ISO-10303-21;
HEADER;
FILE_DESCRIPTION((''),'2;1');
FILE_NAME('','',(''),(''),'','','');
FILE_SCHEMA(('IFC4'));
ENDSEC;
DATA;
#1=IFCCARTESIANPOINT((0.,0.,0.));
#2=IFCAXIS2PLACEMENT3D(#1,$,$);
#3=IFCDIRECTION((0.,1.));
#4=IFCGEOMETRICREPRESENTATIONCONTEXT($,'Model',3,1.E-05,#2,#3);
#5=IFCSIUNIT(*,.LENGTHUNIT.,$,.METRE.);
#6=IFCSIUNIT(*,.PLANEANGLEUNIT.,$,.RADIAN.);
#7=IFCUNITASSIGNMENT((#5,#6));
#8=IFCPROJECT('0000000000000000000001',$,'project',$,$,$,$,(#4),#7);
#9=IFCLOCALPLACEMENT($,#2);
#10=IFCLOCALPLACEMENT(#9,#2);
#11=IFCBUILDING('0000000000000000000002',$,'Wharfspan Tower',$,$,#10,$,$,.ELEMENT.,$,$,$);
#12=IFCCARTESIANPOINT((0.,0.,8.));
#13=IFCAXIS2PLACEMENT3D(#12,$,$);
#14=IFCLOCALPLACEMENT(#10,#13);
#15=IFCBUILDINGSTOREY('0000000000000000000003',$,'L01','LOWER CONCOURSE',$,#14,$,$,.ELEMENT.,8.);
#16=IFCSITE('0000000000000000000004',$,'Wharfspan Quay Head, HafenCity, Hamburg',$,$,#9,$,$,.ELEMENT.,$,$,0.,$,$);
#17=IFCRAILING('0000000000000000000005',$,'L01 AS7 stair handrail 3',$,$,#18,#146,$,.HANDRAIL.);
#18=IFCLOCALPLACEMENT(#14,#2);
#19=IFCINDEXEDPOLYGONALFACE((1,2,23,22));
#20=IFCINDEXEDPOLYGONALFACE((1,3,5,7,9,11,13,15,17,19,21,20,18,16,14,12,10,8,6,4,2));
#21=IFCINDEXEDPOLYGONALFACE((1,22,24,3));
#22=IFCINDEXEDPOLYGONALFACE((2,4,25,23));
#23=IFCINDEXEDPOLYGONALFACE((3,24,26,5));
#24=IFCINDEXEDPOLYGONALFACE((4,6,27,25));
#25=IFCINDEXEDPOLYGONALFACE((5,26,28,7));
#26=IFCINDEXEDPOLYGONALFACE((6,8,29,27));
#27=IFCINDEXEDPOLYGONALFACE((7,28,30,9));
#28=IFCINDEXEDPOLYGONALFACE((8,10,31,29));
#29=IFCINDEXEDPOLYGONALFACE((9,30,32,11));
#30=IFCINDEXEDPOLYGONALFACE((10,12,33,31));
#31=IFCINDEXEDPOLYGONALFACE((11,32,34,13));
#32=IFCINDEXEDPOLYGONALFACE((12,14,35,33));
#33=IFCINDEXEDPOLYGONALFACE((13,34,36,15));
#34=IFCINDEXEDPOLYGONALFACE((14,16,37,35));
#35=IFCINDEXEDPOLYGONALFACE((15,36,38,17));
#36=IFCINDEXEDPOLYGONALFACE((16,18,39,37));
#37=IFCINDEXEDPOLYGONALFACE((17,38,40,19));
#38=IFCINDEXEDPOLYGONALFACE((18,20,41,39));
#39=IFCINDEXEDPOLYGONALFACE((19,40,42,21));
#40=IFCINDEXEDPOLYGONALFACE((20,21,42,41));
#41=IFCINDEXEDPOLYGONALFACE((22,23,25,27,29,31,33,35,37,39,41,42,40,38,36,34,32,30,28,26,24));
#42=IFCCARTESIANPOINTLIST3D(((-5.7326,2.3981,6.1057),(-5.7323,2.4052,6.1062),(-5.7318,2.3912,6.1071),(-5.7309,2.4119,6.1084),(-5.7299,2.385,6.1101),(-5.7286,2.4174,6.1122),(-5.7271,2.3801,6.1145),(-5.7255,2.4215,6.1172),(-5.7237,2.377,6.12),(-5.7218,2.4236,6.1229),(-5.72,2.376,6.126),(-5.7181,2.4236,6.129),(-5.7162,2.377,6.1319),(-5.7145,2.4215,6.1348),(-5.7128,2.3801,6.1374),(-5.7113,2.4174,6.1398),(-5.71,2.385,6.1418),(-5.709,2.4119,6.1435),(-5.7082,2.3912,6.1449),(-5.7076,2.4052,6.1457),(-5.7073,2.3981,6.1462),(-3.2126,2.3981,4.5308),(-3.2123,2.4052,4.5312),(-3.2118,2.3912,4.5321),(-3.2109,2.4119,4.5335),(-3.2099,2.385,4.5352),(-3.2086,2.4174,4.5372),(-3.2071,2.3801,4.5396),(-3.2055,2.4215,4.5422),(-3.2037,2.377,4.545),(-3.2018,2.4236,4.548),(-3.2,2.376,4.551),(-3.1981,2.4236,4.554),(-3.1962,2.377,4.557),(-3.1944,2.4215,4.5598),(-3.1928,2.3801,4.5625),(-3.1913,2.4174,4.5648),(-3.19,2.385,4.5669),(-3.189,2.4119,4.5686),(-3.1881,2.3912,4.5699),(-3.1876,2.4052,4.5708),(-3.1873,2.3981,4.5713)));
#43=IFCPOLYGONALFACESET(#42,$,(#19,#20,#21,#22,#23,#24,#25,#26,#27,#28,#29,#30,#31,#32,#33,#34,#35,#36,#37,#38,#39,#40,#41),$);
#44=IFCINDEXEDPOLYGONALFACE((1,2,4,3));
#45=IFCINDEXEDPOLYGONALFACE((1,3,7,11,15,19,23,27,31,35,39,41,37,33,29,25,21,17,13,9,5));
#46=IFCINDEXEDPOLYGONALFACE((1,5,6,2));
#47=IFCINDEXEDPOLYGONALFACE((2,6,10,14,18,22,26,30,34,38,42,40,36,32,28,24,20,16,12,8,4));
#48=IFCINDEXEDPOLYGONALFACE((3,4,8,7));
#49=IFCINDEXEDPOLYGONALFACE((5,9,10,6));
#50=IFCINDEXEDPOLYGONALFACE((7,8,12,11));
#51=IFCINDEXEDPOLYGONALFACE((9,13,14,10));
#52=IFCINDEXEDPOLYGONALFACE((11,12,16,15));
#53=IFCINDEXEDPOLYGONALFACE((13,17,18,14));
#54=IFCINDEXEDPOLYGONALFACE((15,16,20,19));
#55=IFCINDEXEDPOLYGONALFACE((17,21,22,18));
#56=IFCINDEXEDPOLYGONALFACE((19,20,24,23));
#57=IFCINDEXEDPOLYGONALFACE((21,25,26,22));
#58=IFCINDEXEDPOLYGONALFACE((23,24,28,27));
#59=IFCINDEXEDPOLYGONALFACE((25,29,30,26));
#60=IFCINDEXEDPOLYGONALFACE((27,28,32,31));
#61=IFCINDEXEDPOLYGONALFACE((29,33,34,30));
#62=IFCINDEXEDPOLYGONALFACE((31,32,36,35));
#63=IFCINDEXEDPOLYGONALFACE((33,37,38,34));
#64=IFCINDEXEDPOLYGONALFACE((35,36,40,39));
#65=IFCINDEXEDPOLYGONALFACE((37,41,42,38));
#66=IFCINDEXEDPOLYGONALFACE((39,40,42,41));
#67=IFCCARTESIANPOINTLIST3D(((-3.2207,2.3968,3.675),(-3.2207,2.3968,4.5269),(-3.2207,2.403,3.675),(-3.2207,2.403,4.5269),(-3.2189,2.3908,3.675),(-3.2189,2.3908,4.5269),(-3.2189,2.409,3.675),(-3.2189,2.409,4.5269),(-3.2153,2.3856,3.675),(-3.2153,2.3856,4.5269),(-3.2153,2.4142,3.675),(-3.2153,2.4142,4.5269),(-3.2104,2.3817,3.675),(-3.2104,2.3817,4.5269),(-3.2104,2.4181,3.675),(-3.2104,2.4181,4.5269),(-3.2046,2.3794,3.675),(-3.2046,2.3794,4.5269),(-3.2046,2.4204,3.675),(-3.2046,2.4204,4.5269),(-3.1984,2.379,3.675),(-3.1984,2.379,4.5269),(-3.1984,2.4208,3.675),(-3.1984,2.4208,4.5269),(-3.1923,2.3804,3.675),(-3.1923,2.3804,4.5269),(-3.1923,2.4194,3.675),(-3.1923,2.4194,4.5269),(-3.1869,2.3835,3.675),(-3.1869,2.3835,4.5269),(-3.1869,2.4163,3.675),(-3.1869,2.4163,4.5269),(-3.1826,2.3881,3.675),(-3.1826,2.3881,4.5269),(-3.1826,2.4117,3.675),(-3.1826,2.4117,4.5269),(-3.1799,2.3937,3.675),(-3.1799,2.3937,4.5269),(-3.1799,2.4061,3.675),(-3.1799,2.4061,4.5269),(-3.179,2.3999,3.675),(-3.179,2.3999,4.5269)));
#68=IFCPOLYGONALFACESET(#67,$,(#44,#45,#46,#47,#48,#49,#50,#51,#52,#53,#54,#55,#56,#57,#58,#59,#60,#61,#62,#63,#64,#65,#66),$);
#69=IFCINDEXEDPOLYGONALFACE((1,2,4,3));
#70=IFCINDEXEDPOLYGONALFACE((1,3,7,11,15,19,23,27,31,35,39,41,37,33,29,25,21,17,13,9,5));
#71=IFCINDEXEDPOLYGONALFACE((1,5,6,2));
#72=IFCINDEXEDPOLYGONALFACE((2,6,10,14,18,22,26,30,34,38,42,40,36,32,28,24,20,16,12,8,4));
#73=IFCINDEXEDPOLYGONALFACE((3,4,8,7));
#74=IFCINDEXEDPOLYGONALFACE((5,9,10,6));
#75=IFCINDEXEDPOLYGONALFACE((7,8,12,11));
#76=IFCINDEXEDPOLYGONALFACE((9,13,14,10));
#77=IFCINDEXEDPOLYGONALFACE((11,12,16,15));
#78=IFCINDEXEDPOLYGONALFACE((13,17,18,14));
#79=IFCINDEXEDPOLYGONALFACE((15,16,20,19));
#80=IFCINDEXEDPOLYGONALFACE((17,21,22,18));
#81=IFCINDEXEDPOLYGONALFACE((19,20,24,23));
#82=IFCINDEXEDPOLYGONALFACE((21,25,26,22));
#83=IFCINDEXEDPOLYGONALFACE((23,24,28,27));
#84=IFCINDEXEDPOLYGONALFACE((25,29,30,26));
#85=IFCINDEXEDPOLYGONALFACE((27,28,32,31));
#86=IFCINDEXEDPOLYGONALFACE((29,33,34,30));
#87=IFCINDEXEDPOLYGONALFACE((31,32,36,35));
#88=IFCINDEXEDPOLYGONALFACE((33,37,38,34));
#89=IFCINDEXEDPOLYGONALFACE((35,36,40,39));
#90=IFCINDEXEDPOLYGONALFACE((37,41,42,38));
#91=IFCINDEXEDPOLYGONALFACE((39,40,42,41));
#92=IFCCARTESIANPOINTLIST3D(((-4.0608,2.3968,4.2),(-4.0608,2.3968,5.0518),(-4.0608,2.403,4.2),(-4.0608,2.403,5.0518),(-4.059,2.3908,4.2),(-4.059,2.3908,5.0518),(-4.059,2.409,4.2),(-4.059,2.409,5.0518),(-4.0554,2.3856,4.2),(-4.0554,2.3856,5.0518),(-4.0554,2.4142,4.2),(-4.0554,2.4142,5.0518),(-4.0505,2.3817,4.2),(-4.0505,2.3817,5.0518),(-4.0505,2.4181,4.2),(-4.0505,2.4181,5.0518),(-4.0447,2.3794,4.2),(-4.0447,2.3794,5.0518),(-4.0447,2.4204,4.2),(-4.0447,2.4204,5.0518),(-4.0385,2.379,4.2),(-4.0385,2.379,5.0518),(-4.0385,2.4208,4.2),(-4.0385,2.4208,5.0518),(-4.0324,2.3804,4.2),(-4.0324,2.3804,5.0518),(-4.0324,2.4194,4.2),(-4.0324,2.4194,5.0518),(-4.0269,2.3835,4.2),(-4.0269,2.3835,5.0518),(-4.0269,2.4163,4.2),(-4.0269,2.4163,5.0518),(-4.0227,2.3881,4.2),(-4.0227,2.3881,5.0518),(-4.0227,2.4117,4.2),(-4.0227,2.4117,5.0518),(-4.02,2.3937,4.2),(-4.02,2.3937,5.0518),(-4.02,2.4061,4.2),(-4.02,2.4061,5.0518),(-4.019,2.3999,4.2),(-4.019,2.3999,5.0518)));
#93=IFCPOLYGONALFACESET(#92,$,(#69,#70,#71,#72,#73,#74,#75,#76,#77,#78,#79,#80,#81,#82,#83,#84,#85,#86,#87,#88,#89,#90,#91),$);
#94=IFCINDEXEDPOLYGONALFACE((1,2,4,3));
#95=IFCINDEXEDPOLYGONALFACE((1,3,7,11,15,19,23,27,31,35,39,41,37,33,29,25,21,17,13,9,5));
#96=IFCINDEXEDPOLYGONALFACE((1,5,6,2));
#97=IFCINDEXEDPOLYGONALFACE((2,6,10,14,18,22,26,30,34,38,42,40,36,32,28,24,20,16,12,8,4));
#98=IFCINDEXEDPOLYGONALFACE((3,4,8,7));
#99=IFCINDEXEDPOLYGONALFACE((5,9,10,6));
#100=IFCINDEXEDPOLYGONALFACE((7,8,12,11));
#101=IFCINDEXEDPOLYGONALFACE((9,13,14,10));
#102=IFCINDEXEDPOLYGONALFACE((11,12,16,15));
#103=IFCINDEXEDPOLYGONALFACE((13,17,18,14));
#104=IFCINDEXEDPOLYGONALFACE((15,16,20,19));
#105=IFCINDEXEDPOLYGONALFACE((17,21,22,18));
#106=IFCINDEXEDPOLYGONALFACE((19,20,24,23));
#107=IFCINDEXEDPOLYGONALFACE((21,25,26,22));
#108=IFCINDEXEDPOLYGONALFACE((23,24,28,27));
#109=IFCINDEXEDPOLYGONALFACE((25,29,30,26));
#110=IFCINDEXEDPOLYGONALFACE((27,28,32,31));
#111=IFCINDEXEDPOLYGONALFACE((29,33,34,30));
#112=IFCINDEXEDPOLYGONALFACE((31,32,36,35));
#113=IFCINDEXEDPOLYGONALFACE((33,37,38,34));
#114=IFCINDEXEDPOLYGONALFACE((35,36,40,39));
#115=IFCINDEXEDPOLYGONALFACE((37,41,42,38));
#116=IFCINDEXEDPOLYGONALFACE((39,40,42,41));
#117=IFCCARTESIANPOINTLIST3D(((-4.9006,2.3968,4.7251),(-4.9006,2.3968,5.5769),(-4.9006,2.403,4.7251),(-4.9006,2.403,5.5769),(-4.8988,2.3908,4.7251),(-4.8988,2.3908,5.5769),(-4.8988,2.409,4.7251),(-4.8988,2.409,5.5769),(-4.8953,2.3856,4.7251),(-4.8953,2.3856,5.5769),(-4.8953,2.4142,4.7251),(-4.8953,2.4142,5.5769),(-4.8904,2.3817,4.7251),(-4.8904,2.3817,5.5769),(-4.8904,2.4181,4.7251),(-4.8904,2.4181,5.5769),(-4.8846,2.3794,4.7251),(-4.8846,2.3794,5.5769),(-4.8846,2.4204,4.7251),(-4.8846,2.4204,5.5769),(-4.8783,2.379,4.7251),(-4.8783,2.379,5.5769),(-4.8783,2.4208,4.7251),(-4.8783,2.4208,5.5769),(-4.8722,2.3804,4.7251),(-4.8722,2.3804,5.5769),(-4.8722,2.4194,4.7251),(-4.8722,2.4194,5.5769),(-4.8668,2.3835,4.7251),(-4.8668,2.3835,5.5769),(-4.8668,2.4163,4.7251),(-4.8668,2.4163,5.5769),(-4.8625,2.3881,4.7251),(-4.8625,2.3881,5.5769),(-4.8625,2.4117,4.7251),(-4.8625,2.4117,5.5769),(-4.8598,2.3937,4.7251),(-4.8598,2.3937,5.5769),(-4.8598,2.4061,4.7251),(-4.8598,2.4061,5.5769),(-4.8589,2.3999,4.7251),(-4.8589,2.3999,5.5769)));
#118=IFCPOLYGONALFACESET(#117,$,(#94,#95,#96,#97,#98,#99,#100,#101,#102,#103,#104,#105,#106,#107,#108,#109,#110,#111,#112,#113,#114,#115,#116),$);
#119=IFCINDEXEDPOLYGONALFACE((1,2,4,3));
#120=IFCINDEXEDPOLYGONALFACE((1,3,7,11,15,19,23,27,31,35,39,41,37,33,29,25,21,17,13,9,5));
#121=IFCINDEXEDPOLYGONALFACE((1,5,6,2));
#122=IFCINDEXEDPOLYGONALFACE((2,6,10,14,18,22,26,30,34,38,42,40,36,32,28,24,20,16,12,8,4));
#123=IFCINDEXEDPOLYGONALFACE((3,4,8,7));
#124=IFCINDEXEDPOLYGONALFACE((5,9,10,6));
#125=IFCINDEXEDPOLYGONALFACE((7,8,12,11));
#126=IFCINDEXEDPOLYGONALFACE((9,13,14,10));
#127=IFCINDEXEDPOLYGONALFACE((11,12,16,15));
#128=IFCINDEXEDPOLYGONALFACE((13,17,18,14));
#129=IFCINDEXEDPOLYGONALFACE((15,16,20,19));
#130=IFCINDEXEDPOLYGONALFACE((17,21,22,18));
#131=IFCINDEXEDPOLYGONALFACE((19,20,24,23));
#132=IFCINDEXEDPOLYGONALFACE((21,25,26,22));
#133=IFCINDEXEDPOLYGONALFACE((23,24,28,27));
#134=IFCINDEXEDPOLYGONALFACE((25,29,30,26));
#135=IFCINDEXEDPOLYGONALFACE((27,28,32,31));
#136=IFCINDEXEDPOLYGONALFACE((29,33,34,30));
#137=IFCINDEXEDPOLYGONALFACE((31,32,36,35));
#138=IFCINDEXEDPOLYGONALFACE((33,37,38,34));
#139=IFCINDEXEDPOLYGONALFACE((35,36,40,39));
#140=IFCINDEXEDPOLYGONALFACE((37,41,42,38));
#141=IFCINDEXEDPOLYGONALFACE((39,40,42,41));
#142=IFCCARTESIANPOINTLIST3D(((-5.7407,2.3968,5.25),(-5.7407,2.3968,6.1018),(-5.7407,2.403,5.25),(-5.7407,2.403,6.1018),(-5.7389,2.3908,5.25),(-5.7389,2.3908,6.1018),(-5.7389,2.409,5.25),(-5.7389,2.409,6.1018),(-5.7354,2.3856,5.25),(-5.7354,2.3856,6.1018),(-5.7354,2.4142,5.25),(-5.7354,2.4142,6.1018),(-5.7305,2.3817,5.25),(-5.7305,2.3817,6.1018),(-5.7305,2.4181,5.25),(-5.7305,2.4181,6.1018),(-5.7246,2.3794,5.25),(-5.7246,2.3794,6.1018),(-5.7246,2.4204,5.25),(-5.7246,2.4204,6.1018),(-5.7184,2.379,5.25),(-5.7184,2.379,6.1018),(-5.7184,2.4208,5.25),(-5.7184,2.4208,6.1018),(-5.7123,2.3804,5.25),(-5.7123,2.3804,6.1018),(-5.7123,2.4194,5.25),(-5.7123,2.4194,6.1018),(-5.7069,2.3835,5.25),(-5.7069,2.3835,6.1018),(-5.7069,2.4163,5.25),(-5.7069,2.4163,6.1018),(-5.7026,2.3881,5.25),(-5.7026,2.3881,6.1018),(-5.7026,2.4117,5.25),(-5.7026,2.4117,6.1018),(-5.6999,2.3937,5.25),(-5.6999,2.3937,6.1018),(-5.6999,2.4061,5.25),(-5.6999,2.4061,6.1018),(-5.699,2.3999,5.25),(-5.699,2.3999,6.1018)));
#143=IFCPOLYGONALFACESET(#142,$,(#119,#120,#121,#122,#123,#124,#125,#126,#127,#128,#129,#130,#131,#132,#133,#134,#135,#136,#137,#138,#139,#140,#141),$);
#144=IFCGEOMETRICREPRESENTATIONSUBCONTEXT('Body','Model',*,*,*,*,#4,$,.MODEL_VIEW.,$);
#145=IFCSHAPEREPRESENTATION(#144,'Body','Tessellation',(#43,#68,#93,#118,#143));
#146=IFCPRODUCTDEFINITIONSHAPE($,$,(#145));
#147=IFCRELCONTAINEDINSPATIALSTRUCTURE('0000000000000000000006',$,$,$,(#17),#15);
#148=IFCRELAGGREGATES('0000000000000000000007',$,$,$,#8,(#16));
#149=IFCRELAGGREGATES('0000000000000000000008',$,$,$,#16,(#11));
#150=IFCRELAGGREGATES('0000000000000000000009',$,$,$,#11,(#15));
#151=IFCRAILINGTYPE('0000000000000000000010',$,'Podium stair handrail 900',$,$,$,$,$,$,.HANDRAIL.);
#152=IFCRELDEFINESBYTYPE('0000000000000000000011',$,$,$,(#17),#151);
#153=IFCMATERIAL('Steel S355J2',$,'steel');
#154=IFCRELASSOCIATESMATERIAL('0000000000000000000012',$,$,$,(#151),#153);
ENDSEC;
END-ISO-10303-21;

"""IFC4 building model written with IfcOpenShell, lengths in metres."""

from ifc_helpers import new_model, si_unit, direction, frame, origin, origin_2d, place, context, subcontext, project, spatial, circle, extrude, material, type_object, element, save


model = new_model("IFC4")

# Units and contexts
model_context = context("Model", 3, precision=1e-05, world=origin(), true_north=direction((0.0, 1.0)))
body_context = subcontext(model_context, "Body", "Model", "MODEL_VIEW")
ifc_project = project(units=[si_unit("LENGTHUNIT", "METRE"), si_unit("PLANEANGLEUNIT", "RADIAN")], contexts=[model_context])

# Site, building, storey
site_placement = place(None, origin())
site = spatial("IfcSite", under=ifc_project, at=site_placement, Name="Wharfspan Quay Head, HafenCity, Hamburg", CompositionType="ELEMENT", RefElevation=0.0)
building_placement = place(site_placement, origin())
building = spatial("IfcBuilding", under=site, at=building_placement, Name="Wharfspan Tower", CompositionType="ELEMENT")
storey_placement = place(building_placement, frame((0.0, 0.0, 8.0)))
storey = spatial("IfcBuildingStorey", under=building, at=storey_placement, Name="L01", Description="LOWER CONCOURSE", CompositionType="ELEMENT", Elevation=8.0)

# Railing
ifc_material_1 = material(Name="Steel S355J2", Category="steel")
railing_type_1 = type_object("IfcRailingType", Name="Podium stair handrail 900", PredefinedType="HANDRAIL", material=ifc_material_1)
railing_1_placement = place(storey_placement, frame((-3.2, 2.3999, 3.675)))
element("IfcRailing", 1, at=railing_1_placement, inside=storey, type_object=railing_type_1, Name="L01 AS7 stair handrail 3", PredefinedType="HANDRAIL", context=body_context, shape_type="SweptSolid", body=[
    extrude(circle(Radius=0.0239, at=origin_2d()), frame((0.0, 0.0, 0.876), z_axis=(-0.848008, 0.0, 0.529984), x_axis=(0.0, -1.0, 0.0)), (0.0, 0.0, 1.0), 2.9717),
    extrude(circle(Radius=0.021, at=origin_2d()), origin(), (0.0, 0.0, 1.0), 0.8518),
    extrude(circle(Radius=0.021, at=origin_2d()), frame((-0.8401, 0.0, 0.5249)), (0.0, 0.0, 1.0), 0.8518),
    extrude(circle(Radius=0.021, at=origin_2d()), frame((-1.6799, 0.0, 1.05)), (0.0, 0.0, 1.0), 0.8518),
    extrude(circle(Radius=0.021, at=origin_2d()), frame((-2.52, 0.0, 1.575)), (0.0, 0.0, 1.0), 0.8518),
])

save(model, "model.ifc")
